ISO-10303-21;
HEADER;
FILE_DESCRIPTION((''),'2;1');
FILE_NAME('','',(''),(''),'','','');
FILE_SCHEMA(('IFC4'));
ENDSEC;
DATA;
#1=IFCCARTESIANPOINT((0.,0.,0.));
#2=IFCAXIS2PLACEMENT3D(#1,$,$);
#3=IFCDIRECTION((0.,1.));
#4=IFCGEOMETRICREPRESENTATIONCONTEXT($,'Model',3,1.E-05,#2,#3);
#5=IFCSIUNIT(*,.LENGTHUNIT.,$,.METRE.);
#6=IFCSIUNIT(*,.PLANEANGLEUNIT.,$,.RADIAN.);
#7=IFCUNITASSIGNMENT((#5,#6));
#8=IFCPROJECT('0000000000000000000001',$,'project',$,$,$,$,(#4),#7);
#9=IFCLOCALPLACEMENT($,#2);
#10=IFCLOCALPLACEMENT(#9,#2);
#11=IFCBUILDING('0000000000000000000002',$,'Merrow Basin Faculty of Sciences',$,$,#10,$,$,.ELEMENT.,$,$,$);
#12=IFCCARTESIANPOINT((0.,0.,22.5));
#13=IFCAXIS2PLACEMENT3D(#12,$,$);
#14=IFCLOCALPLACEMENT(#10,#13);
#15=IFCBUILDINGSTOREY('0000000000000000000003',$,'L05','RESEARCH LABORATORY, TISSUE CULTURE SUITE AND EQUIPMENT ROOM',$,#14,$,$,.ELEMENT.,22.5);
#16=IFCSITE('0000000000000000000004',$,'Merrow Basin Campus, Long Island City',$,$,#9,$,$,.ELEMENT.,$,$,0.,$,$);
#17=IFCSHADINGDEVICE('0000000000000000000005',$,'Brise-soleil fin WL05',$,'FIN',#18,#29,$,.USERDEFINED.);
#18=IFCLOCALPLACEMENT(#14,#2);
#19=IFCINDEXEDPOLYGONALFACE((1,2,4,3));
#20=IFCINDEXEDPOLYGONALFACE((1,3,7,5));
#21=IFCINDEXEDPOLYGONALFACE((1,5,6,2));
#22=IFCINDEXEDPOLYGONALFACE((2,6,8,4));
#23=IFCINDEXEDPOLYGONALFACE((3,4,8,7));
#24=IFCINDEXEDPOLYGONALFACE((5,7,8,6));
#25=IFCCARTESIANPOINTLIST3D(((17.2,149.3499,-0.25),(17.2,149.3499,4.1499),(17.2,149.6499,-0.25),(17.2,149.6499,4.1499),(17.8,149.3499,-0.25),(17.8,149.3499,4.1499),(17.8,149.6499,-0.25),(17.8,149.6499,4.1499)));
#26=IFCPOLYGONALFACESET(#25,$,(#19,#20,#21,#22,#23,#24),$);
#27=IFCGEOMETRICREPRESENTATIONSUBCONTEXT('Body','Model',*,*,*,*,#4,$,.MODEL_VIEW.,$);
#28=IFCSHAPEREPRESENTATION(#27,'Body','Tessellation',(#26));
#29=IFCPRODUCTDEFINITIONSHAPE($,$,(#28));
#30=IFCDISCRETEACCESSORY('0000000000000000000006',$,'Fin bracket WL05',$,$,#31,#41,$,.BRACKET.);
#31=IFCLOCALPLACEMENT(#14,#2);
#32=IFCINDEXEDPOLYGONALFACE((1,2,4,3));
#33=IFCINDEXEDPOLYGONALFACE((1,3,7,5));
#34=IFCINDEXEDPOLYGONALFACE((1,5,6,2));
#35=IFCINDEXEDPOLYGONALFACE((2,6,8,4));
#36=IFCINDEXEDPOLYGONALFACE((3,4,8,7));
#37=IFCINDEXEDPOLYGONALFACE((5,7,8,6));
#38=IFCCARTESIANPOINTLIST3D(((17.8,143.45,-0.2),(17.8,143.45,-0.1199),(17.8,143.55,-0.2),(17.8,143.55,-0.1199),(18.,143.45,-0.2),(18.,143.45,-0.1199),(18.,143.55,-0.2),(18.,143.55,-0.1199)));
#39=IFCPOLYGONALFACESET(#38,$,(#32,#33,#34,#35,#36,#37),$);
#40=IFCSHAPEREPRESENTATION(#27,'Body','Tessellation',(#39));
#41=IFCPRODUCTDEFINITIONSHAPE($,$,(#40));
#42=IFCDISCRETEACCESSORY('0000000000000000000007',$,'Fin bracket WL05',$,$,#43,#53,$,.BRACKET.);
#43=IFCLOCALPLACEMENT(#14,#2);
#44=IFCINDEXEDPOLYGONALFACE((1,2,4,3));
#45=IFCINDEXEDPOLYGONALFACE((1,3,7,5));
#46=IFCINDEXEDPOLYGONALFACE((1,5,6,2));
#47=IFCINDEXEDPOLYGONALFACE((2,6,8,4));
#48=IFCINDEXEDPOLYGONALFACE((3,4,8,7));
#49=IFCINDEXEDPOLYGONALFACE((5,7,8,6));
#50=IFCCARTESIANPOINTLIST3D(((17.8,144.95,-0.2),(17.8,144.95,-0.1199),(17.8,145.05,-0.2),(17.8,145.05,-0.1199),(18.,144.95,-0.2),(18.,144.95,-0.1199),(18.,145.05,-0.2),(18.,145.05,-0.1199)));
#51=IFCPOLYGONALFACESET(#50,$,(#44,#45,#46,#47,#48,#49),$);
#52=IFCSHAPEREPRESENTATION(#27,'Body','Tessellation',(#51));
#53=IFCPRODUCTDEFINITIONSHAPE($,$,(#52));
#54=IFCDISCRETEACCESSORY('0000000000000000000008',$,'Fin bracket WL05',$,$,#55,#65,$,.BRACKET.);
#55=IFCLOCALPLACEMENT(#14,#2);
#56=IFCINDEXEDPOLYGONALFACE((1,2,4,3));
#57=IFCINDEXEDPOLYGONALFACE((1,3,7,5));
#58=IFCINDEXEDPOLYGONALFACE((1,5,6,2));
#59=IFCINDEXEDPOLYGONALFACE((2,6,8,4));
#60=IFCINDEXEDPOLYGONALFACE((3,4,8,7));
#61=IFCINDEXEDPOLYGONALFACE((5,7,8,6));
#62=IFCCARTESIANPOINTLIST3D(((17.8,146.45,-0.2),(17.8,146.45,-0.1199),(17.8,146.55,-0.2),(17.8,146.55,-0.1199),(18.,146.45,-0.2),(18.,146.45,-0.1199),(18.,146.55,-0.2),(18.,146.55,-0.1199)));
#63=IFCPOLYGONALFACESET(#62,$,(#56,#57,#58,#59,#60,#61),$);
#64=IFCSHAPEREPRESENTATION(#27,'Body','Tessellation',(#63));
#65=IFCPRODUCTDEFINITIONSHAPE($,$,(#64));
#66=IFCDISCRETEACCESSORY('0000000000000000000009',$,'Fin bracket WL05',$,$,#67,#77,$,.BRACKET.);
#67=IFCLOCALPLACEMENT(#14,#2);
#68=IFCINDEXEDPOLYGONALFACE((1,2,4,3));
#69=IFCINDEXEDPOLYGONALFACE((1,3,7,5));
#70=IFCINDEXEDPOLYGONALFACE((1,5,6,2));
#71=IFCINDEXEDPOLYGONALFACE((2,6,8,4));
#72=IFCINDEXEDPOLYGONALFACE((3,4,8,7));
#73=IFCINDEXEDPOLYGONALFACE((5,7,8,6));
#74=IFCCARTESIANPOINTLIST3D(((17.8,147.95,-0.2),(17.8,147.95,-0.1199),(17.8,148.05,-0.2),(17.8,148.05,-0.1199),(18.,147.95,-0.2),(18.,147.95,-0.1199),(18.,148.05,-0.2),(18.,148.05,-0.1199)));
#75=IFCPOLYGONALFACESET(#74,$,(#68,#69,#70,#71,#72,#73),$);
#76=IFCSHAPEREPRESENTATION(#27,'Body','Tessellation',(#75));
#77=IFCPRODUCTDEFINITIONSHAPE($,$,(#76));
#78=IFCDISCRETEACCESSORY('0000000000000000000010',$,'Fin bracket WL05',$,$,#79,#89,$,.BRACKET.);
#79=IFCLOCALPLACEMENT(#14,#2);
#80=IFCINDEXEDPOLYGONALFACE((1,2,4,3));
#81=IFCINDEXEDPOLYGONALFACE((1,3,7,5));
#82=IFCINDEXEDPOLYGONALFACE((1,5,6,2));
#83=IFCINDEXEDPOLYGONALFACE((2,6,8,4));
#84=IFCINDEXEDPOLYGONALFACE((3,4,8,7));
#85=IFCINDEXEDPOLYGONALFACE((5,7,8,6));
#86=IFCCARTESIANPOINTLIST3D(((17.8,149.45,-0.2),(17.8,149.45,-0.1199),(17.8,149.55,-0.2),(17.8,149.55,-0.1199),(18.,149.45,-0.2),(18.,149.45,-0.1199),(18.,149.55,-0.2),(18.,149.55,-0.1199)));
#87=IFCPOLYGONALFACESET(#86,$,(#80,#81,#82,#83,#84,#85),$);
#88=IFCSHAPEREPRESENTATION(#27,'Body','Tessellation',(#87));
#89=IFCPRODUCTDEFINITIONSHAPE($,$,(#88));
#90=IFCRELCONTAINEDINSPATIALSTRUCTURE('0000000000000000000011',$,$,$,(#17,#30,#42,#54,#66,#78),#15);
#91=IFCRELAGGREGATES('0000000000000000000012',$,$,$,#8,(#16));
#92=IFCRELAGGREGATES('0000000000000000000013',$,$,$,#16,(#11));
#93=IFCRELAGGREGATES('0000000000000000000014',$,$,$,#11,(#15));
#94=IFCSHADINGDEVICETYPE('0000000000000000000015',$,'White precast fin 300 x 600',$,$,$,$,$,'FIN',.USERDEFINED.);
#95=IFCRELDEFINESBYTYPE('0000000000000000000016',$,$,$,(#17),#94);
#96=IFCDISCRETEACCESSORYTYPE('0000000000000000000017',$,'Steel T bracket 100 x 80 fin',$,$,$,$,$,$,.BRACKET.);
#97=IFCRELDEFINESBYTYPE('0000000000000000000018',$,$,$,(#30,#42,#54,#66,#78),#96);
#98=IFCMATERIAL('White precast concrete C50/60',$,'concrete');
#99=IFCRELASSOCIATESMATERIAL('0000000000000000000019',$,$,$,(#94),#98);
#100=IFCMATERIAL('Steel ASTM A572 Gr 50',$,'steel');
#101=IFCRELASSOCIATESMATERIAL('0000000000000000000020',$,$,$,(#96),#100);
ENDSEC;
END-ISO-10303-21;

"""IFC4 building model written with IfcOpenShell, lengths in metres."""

from ifc_helpers import new_model, si_unit, direction, frame, origin, place, context, subcontext, project, spatial, polyline, outline, extrude, source, transform, mapped, material, type_object, element, save


model = new_model("IFC4")

# Units and contexts
model_context = context("Model", 3, precision=1e-05, world=origin(), true_north=direction((0.0, 1.0)))
body_context = subcontext(model_context, "Body", "Model", "MODEL_VIEW")
ifc_project = project(units=[si_unit("LENGTHUNIT", "METRE"), si_unit("PLANEANGLEUNIT", "RADIAN")], contexts=[model_context])

# Site, building, storey
site_placement = place(None, origin())
site = spatial("IfcSite", under=ifc_project, at=site_placement, Name="Merrow Basin Campus, Long Island City", CompositionType="ELEMENT", RefElevation=0.0)
building_placement = place(site_placement, origin())
building = spatial("IfcBuilding", under=site, at=building_placement, Name="Merrow Basin Faculty of Sciences", CompositionType="ELEMENT")
storey_placement = place(building_placement, frame((0.0, 0.0, 22.5)))
storey = spatial("IfcBuildingStorey", under=building, at=storey_placement, Name="L05", Description="RESEARCH LABORATORY, TISSUE CULTURE SUITE AND EQUIPMENT ROOM", CompositionType="ELEMENT", Elevation=22.5)

# Shading device
ifc_material_1 = material(Name="White precast concrete C50/60", Category="concrete")
shading_device_type = type_object("IfcShadingDeviceType", Name="White precast fin 300 x 600", ElementType="FIN", PredefinedType="USERDEFINED", material=ifc_material_1)
shared_shape_1 = source(origin(), body_context, "Body", "SweptSolid", [
    extrude(outline(polyline([(0.0, 0.0), (0.3, 0.0), (0.3, 4.3999), (0.0, 4.3999), (0.0, 0.0)])), origin(), (0.0, 0.0, 1.0), 0.6001),
])
for number, where, z_axis, x_axis, name in (
    (1, (17.8, 149.6499, -0.25), (-1.0, 0.0, 0.0), (0.0, -1.0, 0.0), "Brise-soleil fin WL05"),
):
    element("IfcShadingDevice", number, at=place(storey_placement, frame(where, z_axis=z_axis, x_axis=x_axis)), inside=storey, type_object=shading_device_type, Name=name, ObjectType="FIN", PredefinedType="USERDEFINED", context=body_context, shape_type="MappedRepresentation", body=[
        mapped(shared_shape_1, transform((0.0, 0.0, 0.0), scale=1.0)),
    ])

# Discrete accessories
ifc_material_2 = material(Name="Steel ASTM A572 Gr 50", Category="steel")
discrete_accessory_type = type_object("IfcDiscreteAccessoryType", Name="Steel T bracket 100 x 80 fin", PredefinedType="BRACKET", material=ifc_material_2)
shared_shape_2 = source(origin(), body_context, "Body", "SweptSolid", [
    extrude(outline(polyline([(0.0, 0.0), (0.1001, 0.0), (0.1001, 0.0801), (0.0, 0.0801), (0.0, 0.0)])), origin(), (0.0, 0.0, 1.0), 0.2),
])
for number, where, z_axis, x_axis, name in (
    (2, (18.0, 143.55, -0.2), (-1.0, 0.0, 0.0), (0.0, -1.0, 0.0), "Fin bracket WL05"),
    (3, (18.0, 145.05, -0.2), (-1.0, 0.0, 0.0), (0.0, -1.0, 0.0), "Fin bracket WL05"),
    (4, (18.0, 146.55, -0.2), (-1.0, 0.0, 0.0), (0.0, -1.0, 0.0), "Fin bracket WL05"),
    (5, (18.0, 148.05, -0.2), (-1.0, 0.0, 0.0), (0.0, -1.0, 0.0), "Fin bracket WL05"),
    (6, (18.0, 149.55, -0.2), (-1.0, 0.0, 0.0), (0.0, -1.0, 0.0), "Fin bracket WL05"),
):
    element("IfcDiscreteAccessory", number, at=place(storey_placement, frame(where, z_axis=z_axis, x_axis=x_axis)), inside=storey, type_object=discrete_accessory_type, Name=name, PredefinedType="BRACKET", context=body_context, shape_type="MappedRepresentation", body=[
        mapped(shared_shape_2, transform((0.0, 0.0, 0.0), scale=1.0)),
    ])

save(model, "model.ifc")
